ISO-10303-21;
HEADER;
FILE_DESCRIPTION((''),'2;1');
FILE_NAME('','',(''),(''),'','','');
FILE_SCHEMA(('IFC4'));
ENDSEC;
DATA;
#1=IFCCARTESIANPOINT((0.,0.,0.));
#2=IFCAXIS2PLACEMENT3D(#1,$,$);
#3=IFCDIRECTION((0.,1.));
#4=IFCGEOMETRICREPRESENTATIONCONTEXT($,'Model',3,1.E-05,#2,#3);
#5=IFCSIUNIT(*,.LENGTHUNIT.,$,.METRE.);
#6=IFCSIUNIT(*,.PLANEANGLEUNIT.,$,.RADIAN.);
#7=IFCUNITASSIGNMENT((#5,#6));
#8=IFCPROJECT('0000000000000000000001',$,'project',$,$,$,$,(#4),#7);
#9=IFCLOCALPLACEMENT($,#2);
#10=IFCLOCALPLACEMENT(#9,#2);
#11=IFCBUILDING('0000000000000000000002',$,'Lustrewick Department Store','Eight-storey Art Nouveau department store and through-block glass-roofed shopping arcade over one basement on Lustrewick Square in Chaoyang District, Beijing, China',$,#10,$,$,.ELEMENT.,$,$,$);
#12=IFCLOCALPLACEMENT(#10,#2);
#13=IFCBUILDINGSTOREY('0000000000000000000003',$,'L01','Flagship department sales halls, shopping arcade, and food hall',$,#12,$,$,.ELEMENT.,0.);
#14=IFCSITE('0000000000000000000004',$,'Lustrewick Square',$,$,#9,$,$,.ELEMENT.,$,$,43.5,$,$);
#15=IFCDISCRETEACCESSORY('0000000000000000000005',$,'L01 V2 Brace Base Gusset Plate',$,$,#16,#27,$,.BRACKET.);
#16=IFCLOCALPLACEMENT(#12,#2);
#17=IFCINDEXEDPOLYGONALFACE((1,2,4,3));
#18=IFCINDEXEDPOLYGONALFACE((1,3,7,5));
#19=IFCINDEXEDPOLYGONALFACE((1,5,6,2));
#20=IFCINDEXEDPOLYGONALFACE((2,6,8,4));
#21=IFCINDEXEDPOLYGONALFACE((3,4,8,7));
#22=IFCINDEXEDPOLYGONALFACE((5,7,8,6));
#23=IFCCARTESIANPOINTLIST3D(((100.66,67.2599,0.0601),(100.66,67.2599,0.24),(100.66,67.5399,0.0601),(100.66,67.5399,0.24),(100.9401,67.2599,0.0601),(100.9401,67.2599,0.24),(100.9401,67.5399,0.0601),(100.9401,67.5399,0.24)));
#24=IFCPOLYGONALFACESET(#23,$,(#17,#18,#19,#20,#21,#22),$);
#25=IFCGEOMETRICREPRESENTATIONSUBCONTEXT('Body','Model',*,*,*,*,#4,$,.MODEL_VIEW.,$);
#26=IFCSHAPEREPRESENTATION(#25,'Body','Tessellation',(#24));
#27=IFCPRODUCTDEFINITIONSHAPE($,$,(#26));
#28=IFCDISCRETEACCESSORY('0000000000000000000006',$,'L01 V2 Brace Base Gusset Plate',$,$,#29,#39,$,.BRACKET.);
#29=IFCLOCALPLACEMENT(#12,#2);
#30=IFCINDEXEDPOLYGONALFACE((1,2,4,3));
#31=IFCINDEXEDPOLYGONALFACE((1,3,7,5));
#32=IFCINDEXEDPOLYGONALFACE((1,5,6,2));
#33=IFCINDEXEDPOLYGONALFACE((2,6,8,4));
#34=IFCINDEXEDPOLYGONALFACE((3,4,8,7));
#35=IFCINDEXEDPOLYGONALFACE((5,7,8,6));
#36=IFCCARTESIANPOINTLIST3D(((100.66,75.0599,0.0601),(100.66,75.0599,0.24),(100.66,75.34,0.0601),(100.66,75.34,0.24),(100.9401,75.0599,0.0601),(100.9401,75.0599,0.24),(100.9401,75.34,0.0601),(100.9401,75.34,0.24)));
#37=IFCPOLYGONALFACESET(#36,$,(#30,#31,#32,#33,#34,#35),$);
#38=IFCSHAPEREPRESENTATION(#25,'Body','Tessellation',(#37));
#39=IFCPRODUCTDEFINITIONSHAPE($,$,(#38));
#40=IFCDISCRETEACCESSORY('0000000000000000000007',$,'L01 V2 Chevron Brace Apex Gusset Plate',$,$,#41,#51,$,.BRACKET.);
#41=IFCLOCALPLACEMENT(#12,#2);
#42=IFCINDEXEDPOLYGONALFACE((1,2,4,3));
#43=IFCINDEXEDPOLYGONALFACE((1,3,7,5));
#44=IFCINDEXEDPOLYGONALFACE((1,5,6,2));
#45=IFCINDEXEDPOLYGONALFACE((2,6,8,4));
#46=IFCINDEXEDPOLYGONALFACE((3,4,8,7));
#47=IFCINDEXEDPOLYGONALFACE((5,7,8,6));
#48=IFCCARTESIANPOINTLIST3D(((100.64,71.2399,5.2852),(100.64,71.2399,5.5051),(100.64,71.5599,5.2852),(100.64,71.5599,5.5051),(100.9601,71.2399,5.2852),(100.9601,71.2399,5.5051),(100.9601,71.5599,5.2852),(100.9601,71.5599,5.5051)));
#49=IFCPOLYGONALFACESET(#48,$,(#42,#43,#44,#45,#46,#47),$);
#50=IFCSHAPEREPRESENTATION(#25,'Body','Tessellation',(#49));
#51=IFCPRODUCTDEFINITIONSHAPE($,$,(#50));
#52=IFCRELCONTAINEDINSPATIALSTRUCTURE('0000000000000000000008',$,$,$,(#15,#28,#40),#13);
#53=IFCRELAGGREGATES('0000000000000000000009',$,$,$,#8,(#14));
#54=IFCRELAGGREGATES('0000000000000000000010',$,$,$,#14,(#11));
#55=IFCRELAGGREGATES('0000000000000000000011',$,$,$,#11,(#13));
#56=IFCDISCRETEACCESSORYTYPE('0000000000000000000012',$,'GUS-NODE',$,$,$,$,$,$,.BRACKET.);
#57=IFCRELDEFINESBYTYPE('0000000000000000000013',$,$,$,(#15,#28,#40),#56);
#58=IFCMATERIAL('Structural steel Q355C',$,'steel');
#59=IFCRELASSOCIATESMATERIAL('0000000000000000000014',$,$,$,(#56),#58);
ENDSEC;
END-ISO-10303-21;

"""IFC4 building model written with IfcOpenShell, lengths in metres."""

from ifc_helpers import new_model, si_unit, direction, frame, origin, origin_2d, place, context, subcontext, project, spatial, rectangle, extrude, material, type_object, element, save


model = new_model("IFC4")

# Units and contexts
model_context = context("Model", 3, precision=1e-05, world=origin(), true_north=direction((0.0, 1.0)))
body_context = subcontext(model_context, "Body", "Model", "MODEL_VIEW")
ifc_project = project(units=[si_unit("LENGTHUNIT", "METRE"), si_unit("PLANEANGLEUNIT", "RADIAN")], contexts=[model_context])

# Site, building, storey
site_placement = place(None, origin())
site = spatial("IfcSite", under=ifc_project, at=site_placement, Name="Lustrewick Square", CompositionType="ELEMENT", RefElevation=43.5)
building_placement = place(site_placement, origin())
building = spatial("IfcBuilding", under=site, at=building_placement, Name="Lustrewick Department Store", Description="Eight-storey Art Nouveau department store and through-block glass-roofed shopping arcade over one basement on Lustrewick Square in Chaoyang District, Beijing, China", CompositionType="ELEMENT")
storey_placement = place(building_placement, origin())
storey = spatial("IfcBuildingStorey", under=building, at=storey_placement, Name="L01", Description="Flagship department sales halls, shopping arcade, and food hall", CompositionType="ELEMENT", Elevation=0.0)

# Shared definitions
ifc_material_1 = material(Name="Structural steel Q355C", Category="steel")

# Discrete accessories
discrete_accessory_type = type_object("IfcDiscreteAccessoryType", Name="GUS-NODE", PredefinedType="BRACKET", material=ifc_material_1)
for number, where, z_axis, x_axis, name in (
    (1, (100.8, 67.3999, 0.0601), (0.0, 0.0, 1.0), (1.0, 0.0, 0.0), "L01 V2 Brace Base Gusset Plate"),
    (2, (100.8, 75.2, 0.0601), (0.0, 0.0, 1.0), (1.0, 0.0, 0.0), "L01 V2 Brace Base Gusset Plate"),
):
    element("IfcDiscreteAccessory", number, at=place(storey_placement, frame(where, z_axis=z_axis, x_axis=x_axis)), inside=storey, type_object=discrete_accessory_type, Name=name, PredefinedType="BRACKET", context=body_context, shape_type="SweptSolid", body=[
        extrude(rectangle(XDim=0.28, YDim=0.28, at=origin_2d()), origin(), (0.0, 0.0, 1.0), 0.1799),
    ])
discrete_accessory_placement = place(storey_placement, frame((100.8, 71.3999, 5.2852), z_axis=(0.0, 0.0, 1.0), x_axis=(1.0, 0.0, 0.0)))
element("IfcDiscreteAccessory", 3, at=discrete_accessory_placement, inside=storey, type_object=discrete_accessory_type, Name="L01 V2 Chevron Brace Apex Gusset Plate", PredefinedType="BRACKET", context=body_context, shape_type="SweptSolid", body=[
    extrude(rectangle(XDim=0.3201, YDim=0.3201, at=origin_2d()), origin(), (0.0, 0.0, 1.0), 0.22),
])

save(model, "model.ifc")
